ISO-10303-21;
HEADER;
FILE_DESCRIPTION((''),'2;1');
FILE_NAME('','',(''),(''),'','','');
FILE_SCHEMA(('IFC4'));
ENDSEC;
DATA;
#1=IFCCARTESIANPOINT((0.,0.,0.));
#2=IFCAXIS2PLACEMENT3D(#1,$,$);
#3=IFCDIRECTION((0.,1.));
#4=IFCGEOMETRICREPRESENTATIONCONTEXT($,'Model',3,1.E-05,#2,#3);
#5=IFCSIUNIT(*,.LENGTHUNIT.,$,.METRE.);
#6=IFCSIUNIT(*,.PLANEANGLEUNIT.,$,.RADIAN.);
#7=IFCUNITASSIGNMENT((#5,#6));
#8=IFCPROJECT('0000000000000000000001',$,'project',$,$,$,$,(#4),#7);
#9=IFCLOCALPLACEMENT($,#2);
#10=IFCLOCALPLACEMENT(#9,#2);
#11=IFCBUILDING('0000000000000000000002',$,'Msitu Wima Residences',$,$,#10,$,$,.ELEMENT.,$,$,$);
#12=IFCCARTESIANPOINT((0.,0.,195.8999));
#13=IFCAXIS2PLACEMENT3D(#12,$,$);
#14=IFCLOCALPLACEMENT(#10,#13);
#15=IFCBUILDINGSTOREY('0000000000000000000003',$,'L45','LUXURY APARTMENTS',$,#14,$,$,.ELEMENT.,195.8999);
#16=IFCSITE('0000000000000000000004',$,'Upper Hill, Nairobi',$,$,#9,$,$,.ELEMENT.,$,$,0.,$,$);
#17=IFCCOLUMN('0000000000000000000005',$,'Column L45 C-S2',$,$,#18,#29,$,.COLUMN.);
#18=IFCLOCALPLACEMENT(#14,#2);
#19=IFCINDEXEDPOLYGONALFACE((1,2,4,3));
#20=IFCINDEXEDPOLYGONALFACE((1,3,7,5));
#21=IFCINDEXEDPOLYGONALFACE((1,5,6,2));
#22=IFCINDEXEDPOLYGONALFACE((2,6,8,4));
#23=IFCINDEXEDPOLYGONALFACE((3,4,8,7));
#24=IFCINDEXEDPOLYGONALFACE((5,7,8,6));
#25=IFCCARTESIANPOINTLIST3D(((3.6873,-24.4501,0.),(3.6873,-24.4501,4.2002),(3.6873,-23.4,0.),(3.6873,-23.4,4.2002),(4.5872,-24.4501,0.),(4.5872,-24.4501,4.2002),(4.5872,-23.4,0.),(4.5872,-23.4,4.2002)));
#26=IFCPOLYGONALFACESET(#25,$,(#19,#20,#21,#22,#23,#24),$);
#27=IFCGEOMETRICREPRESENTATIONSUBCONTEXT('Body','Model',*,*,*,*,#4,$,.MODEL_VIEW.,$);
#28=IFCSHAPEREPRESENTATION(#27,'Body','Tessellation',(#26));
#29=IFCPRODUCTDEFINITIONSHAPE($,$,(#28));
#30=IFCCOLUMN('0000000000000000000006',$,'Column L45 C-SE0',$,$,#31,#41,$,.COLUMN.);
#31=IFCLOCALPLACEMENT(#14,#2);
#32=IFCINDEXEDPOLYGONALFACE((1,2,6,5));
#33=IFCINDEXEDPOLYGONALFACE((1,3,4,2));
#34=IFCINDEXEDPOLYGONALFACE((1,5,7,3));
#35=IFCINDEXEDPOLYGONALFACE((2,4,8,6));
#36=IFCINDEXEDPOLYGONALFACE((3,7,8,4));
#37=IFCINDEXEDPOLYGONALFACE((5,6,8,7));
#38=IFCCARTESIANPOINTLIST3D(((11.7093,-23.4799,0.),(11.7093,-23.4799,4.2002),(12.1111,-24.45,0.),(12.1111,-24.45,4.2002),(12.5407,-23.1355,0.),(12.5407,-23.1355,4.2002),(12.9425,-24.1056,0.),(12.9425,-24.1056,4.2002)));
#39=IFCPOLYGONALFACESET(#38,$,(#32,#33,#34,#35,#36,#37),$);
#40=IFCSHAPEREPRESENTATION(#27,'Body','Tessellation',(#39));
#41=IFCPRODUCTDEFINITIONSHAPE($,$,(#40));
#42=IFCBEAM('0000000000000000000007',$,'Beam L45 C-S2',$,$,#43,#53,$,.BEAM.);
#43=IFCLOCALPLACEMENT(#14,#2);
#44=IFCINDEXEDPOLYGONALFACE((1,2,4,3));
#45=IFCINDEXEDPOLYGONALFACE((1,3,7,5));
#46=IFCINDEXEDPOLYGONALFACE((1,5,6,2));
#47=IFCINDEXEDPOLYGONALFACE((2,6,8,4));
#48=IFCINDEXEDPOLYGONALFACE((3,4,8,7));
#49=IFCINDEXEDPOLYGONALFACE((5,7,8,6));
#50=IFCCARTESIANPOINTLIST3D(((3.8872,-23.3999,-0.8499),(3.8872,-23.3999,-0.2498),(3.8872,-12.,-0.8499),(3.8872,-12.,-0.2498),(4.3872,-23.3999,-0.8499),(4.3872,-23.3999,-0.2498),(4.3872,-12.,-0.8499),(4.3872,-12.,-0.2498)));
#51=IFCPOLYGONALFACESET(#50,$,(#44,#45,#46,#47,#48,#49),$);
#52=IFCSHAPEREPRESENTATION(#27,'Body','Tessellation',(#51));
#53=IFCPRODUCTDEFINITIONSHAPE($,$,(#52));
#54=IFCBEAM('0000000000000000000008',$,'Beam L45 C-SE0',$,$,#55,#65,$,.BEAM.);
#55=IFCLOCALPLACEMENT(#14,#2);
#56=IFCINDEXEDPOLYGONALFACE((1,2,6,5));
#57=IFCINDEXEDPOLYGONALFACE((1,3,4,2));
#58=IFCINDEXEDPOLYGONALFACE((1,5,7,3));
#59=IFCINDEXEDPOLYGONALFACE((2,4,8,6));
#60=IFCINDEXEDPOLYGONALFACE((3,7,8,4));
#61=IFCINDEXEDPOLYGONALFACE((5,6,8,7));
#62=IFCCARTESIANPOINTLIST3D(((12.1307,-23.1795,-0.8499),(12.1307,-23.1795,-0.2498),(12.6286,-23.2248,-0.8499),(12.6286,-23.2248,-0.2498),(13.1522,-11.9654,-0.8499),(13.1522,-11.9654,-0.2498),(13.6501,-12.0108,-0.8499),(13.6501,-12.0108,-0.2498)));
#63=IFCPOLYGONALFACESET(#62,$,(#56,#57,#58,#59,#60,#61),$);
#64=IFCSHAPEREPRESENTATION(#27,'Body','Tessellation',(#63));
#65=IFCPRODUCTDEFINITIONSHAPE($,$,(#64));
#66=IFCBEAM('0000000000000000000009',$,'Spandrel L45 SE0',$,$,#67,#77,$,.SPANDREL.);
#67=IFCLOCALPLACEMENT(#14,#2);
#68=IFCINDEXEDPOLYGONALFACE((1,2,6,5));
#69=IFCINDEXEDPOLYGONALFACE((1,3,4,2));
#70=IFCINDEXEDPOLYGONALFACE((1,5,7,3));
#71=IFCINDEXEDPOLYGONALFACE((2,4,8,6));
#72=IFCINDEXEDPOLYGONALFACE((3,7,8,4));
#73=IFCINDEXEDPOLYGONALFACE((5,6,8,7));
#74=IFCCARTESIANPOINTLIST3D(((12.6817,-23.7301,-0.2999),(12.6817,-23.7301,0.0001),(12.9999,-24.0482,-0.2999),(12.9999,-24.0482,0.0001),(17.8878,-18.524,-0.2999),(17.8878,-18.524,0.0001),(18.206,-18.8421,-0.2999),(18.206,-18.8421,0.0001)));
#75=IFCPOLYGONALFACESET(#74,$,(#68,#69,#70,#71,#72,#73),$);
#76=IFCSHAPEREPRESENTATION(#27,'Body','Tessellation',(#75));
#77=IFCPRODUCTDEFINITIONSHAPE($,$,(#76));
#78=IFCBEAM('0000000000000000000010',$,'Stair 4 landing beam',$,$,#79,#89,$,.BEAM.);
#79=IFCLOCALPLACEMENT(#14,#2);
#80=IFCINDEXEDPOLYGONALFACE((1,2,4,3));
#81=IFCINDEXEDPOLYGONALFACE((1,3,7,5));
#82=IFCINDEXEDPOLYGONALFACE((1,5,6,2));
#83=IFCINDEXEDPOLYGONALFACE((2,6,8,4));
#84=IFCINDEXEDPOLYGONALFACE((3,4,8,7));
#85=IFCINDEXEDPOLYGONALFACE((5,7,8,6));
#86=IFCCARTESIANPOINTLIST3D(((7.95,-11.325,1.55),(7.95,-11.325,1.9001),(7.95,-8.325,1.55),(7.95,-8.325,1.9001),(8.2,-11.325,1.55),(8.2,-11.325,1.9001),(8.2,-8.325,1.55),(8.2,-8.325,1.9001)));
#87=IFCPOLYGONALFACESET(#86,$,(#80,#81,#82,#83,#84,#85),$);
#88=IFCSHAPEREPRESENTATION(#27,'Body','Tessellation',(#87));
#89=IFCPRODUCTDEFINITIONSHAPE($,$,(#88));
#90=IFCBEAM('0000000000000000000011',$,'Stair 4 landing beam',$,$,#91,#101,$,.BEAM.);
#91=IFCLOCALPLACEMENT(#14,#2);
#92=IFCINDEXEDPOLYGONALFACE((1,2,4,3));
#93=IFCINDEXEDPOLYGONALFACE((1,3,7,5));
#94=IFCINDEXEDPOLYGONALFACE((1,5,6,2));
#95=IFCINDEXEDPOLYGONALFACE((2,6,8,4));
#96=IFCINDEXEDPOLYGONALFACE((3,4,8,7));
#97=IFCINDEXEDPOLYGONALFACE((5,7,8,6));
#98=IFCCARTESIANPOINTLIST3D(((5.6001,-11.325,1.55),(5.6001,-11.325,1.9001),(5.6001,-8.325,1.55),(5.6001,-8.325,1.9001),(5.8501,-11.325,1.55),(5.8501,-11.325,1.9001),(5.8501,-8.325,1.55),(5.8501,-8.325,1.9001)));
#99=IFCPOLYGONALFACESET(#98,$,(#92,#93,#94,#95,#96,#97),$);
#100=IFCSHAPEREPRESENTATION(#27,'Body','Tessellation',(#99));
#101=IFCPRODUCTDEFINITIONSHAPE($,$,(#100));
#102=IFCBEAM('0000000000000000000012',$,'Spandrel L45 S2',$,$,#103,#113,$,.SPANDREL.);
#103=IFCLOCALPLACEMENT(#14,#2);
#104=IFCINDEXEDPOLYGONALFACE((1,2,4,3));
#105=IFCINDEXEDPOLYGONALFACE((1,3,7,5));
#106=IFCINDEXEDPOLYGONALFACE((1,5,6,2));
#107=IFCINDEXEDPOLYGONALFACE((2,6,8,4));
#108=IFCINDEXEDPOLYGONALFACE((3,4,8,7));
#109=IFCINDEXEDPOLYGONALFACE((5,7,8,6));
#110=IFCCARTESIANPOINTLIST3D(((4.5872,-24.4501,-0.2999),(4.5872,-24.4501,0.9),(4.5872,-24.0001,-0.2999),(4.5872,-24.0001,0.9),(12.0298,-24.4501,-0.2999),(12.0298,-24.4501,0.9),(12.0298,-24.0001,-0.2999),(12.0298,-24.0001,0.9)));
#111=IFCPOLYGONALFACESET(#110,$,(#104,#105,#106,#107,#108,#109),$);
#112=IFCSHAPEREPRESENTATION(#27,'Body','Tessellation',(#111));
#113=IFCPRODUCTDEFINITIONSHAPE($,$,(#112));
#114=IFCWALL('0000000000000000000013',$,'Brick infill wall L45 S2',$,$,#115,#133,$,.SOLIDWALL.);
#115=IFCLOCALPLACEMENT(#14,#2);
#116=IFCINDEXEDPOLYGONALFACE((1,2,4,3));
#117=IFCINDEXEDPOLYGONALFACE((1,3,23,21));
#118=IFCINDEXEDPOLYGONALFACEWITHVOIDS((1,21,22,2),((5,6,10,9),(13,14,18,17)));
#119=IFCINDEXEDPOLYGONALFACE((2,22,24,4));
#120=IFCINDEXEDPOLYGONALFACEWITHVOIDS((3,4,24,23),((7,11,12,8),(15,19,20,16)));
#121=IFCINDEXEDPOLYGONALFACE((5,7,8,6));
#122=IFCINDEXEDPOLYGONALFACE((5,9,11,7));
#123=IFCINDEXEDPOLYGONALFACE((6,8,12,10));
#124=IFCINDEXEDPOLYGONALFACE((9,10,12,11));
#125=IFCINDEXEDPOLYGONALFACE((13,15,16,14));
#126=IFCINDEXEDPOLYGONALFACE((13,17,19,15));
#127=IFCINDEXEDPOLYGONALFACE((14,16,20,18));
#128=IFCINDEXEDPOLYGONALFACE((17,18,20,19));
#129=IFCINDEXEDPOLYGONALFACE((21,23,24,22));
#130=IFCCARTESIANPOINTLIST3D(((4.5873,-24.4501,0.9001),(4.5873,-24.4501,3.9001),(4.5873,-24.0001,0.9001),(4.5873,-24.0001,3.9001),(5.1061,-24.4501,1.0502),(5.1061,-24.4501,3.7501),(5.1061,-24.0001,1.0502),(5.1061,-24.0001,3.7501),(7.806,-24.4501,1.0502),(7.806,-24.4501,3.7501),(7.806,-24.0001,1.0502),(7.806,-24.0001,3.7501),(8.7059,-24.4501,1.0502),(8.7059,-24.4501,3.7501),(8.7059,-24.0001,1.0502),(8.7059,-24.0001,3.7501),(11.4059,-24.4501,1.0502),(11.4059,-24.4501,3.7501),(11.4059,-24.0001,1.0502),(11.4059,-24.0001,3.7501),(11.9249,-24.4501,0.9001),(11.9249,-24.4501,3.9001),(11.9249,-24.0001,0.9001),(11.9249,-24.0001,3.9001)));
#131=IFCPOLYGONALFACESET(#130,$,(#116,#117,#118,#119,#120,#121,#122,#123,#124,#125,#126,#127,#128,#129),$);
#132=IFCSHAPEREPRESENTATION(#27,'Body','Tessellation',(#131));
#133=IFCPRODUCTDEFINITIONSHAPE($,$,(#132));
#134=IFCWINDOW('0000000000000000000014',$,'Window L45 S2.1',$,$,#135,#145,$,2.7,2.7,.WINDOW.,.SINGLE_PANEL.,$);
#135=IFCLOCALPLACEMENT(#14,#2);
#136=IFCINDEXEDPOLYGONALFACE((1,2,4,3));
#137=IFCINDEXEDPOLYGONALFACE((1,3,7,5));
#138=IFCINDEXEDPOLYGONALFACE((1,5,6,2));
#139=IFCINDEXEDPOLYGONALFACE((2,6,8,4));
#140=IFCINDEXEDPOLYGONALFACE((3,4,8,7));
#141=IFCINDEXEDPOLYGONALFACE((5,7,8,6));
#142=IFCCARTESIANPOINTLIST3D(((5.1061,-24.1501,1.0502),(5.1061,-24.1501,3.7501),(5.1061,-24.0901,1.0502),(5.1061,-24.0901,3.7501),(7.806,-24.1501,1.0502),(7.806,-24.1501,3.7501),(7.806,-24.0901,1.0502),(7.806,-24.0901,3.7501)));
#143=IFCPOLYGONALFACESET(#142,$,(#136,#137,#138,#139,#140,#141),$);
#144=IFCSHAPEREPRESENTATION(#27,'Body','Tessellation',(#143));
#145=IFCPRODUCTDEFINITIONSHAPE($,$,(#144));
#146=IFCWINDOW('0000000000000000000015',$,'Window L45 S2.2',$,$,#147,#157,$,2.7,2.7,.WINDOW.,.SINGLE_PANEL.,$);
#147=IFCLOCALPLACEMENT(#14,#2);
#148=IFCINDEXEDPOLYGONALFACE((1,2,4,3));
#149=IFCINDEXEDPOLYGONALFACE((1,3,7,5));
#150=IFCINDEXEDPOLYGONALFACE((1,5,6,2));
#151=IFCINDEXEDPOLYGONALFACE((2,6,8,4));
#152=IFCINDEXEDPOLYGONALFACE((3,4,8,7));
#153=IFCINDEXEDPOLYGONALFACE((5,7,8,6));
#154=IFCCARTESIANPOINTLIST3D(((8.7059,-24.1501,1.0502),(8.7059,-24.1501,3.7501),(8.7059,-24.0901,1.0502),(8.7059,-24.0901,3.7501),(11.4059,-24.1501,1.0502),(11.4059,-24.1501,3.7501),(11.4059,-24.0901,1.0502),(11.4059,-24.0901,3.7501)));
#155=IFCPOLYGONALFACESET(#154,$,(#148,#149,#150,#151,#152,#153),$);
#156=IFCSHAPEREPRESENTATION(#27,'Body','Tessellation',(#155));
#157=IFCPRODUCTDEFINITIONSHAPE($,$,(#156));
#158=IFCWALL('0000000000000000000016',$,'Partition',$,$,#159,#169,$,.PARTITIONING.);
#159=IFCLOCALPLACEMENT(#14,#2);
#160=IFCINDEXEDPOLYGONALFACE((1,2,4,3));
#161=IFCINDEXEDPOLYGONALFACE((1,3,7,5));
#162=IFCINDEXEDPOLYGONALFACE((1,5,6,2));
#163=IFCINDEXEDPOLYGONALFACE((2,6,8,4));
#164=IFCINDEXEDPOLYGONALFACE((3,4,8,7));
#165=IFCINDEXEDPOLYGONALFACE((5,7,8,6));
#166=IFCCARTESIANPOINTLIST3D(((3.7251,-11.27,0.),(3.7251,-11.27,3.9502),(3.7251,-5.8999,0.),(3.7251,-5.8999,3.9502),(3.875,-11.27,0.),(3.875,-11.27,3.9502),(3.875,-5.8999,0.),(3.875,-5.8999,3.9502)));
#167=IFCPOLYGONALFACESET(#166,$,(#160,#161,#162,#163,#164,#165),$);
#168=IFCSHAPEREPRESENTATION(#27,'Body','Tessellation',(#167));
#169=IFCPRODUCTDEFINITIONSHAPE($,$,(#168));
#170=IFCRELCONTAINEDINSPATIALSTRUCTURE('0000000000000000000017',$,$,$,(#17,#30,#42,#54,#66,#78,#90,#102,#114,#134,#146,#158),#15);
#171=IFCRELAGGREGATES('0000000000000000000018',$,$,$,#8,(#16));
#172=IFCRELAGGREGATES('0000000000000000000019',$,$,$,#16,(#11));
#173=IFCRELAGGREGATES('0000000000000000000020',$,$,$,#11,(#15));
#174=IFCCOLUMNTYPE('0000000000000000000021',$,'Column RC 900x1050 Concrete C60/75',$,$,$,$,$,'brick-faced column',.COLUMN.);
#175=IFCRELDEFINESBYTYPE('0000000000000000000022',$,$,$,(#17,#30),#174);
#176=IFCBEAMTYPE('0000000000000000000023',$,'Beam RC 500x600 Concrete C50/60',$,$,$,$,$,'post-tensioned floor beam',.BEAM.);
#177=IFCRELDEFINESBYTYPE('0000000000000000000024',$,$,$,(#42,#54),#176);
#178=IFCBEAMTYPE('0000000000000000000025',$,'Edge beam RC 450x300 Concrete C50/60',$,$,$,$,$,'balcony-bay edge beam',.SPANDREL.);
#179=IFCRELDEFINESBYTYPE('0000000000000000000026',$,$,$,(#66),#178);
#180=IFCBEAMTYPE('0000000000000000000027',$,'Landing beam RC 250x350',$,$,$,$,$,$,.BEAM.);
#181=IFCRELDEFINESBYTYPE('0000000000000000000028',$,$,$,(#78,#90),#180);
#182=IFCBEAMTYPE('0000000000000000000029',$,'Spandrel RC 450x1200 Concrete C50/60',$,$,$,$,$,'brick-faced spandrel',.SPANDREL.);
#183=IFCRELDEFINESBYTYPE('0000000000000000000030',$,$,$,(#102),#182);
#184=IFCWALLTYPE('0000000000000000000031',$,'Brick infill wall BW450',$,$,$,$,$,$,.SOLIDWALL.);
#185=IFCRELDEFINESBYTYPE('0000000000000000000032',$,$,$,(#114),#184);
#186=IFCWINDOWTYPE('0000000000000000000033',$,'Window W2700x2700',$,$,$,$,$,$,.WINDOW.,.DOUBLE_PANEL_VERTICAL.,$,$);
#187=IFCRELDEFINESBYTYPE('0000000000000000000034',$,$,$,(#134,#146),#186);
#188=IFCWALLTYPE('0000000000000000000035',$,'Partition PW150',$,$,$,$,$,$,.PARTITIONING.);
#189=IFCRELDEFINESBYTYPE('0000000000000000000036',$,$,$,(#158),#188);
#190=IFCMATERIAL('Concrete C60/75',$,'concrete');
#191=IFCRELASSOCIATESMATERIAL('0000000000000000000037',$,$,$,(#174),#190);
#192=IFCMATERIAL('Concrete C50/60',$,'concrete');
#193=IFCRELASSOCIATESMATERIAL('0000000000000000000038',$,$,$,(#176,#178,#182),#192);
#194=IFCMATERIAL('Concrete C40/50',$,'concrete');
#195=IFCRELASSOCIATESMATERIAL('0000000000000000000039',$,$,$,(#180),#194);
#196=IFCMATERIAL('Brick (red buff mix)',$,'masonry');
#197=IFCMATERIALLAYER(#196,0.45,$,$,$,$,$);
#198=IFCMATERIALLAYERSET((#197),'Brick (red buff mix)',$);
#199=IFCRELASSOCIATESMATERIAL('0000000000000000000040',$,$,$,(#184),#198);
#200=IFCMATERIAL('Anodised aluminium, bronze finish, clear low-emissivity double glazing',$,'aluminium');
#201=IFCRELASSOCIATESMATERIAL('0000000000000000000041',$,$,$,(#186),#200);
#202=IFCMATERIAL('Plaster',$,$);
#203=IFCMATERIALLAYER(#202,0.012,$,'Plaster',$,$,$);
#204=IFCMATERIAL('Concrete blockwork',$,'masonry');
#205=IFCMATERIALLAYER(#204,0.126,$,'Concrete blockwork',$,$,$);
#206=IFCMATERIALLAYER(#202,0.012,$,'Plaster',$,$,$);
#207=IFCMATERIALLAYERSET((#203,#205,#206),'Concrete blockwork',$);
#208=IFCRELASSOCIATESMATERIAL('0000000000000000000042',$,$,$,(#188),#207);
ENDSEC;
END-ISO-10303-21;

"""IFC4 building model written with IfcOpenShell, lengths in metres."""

from ifc_helpers import new_model, si_unit, direction, frame, frame_2d, origin, origin_2d, place, context, subcontext, project, spatial, rectangle, extrude, material, layer, layer_set, material_profile, profile_set, type_object, element, fill, save


model = new_model("IFC4")

# Units and contexts
model_context = context("Model", 3, precision=1e-05, world=origin(), true_north=direction((0.0, 1.0)))
body_context = subcontext(model_context, "Body", "Model", "MODEL_VIEW")
ifc_project = project(units=[si_unit("LENGTHUNIT", "METRE"), si_unit("PLANEANGLEUNIT", "RADIAN")], contexts=[model_context])

# Site, building, storey
site_placement = place(None, origin())
site = spatial("IfcSite", under=ifc_project, at=site_placement, Name="Upper Hill, Nairobi", CompositionType="ELEMENT", RefElevation=0.0)
building_placement = place(site_placement, origin())
building = spatial("IfcBuilding", under=site, at=building_placement, Name="Msitu Wima Residences", CompositionType="ELEMENT")
storey_placement = place(building_placement, frame((0.0, 0.0, 195.8999)))
storey = spatial("IfcBuildingStorey", under=building, at=storey_placement, Name="L45", Description="LUXURY APARTMENTS", CompositionType="ELEMENT", Elevation=195.8999)

# Columns
ifc_material_1 = material(Name="Concrete C60/75", Category="concrete")
ifc_material_profile_1 = material_profile(ifc_material_1, rectangle(XDim=0.8999, YDim=1.05, at=origin_2d()), Name="RC 900x1050")
ifc_profile_set_1 = profile_set([ifc_material_profile_1], Name="Concrete C60/75")
column_type = type_object("IfcColumnType", Name="Column RC 900x1050 Concrete C60/75", ElementType="brick-faced column", PredefinedType="COLUMN", material=ifc_profile_set_1)
for number, where, z_axis, x_axis, name in (
    (1, (4.1372, -23.925, 0.0), (0.0, 0.0, 1.0), (1.0, 0.0, 0.0), "Column L45 C-S2"),
    (2, (12.3259, -23.7927, 0.0), (0.0, 0.0, 1.0), (0.92388, 0.382683, 0.0), "Column L45 C-SE0"),
):
    element("IfcColumn", number, at=place(storey_placement, frame(where, z_axis=z_axis, x_axis=x_axis)), inside=storey, type_object=column_type, Name=name, PredefinedType="COLUMN", context=body_context, shape_type="SweptSolid", body=[
        extrude(rectangle(XDim=0.8999, YDim=1.05, at=origin_2d()), origin(), (0.0, 0.0, 1.0), 4.2002),
    ])

# Beams
ifc_material_2 = material(Name="Concrete C50/60", Category="concrete")
ifc_material_profile_2 = material_profile(ifc_material_2, rectangle(XDim=0.5, YDim=0.6001, at=origin_2d()), Name="RC 500x600")
ifc_profile_set_2 = profile_set([ifc_material_profile_2], Name="Concrete C50/60")
beam_type_1 = type_object("IfcBeamType", Name="Beam RC 500x600 Concrete C50/60", ElementType="post-tensioned floor beam", PredefinedType="BEAM", material=ifc_profile_set_2)
beam_1_placement = place(storey_placement, frame((4.1372, -23.3999, -0.5498), z_axis=(0.0, 1.0, 0.0), x_axis=(-1.0, 0.0, 0.0)))
element("IfcBeam", 3, at=beam_1_placement, inside=storey, type_object=beam_type_1, Name="Beam L45 C-S2", PredefinedType="BEAM", context=body_context, shape_type="SweptSolid", body=[
    extrude(rectangle(XDim=0.5, YDim=0.6001, at=origin_2d()), origin(), (0.0, 0.0, 1.0), 11.3999),
])
beam_2_placement = place(storey_placement, frame((12.3796, -23.2021, -0.5498), z_axis=(0.090714, 0.995877, 0.0), x_axis=(-0.995877, 0.090714, 0.0)))
element("IfcBeam", 4, at=beam_2_placement, inside=storey, type_object=beam_type_1, Name="Beam L45 C-SE0", PredefinedType="BEAM", context=body_context, shape_type="SweptSolid", body=[
    extrude(rectangle(XDim=0.5, YDim=0.6001, at=origin_2d()), origin(), (0.0, 0.0, 1.0), 11.2605),
])
ifc_material_profile_3 = material_profile(ifc_material_2, rectangle(XDim=0.45, YDim=0.3, at=origin_2d()), Name="RC 450x300")
ifc_profile_set_3 = profile_set([ifc_material_profile_3], Name="Concrete C50/60")
beam_type_2 = type_object("IfcBeamType", Name="Edge beam RC 450x300 Concrete C50/60", ElementType="balcony-bay edge beam", PredefinedType="SPANDREL", material=ifc_profile_set_3)
beam_3_placement = place(storey_placement, frame((12.8408, -23.8892, -0.1499), z_axis=(0.707107, 0.707107, 0.0), x_axis=(-0.707107, 0.707107, 0.0)))
element("IfcBeam", 5, at=beam_3_placement, inside=storey, type_object=beam_type_2, Name="Spandrel L45 SE0", PredefinedType="SPANDREL", context=body_context, shape_type="SweptSolid", body=[
    extrude(rectangle(XDim=0.45, YDim=0.3, at=origin_2d()), origin(), (0.0, 0.0, 1.0), 7.3625),
])
ifc_material_3 = material(Name="Concrete C40/50", Category="concrete")
ifc_material_profile_4 = material_profile(ifc_material_3, rectangle(XDim=0.25, YDim=0.3501, at=origin_2d()), Name="RC 250x350")
ifc_profile_set_4 = profile_set([ifc_material_profile_4], Name="Concrete C40/50")
beam_type_3 = type_object("IfcBeamType", Name="Landing beam RC 250x350", PredefinedType="BEAM", material=ifc_profile_set_4)
for number, where, z_axis, x_axis, name in (
    (6, (8.075, -11.325, 1.7251), (0.0, 1.0, 0.0), (-1.0, 0.0, 0.0), "Stair 4 landing beam"),
    (7, (5.7251, -11.325, 1.7251), (0.0, 1.0, 0.0), (-1.0, 0.0, 0.0), "Stair 4 landing beam"),
):
    element("IfcBeam", number, at=place(storey_placement, frame(where, z_axis=z_axis, x_axis=x_axis)), inside=storey, type_object=beam_type_3, Name=name, PredefinedType="BEAM", context=body_context, shape_type="SweptSolid", body=[
        extrude(rectangle(XDim=0.25, YDim=0.3501, at=origin_2d()), origin(), (0.0, 0.0, 1.0), 3.0),
    ])
ifc_material_profile_5 = material_profile(ifc_material_2, rectangle(XDim=0.45, YDim=1.2, at=origin_2d()), Name="RC 450x1200")
ifc_profile_set_5 = profile_set([ifc_material_profile_5], Name="Concrete C50/60")
beam_type_4 = type_object("IfcBeamType", Name="Spandrel RC 450x1200 Concrete C50/60", ElementType="brick-faced spandrel", PredefinedType="SPANDREL", material=ifc_profile_set_5)
beam_4_placement = place(storey_placement, frame((4.5872, -24.2251, 0.3), z_axis=(1.0, 0.0, 0.0), x_axis=(0.0, 1.0, 0.0)))
element("IfcBeam", 8, at=beam_4_placement, inside=storey, type_object=beam_type_4, Name="Spandrel L45 S2", PredefinedType="SPANDREL", context=body_context, shape_type="SweptSolid", body=[
    extrude(rectangle(XDim=0.45, YDim=1.2, at=origin_2d()), origin(), (0.0, 0.0, 1.0), 7.4426),
])

# Wall, openings, windows
ifc_material_4 = material(Name="Brick (red buff mix)", Category="masonry")
ifc_layer_1 = layer(ifc_material_4, 0.45)
ifc_layer_set_1 = layer_set([ifc_layer_1], Name="Brick (red buff mix)")
wall_type_1 = type_object("IfcWallType", Name="Brick infill wall BW450", PredefinedType="SOLIDWALL", material=ifc_layer_set_1)
wall_1_placement = place(storey_placement, frame((4.5872, -24.2251, 0.9001), z_axis=(0.0, 0.0, 1.0), x_axis=(1.0, 0.0, 0.0)))
wall_1 = element("IfcWall", 9, at=wall_1_placement, inside=storey, type_object=wall_type_1, Name="Brick infill wall L45 S2", PredefinedType="SOLIDWALL", context=body_context, shape_type="SweptSolid", body=[
    extrude(rectangle(XDim=7.3376, YDim=0.45, at=frame_2d((3.6689, 0.0))), origin(), (0.0, 0.0, 1.0), 3.0),
])
opening_1_placement = place(wall_1_placement, frame((0.5188, 0.0, 0.1499)))
opening_1 = element("IfcOpeningElement", 10, at=opening_1_placement, cuts=wall_1, PredefinedType="OPENING", context=body_context, shape_type="SweptSolid", body=[
    extrude(rectangle(XDim=2.7, YDim=2.7, at=frame_2d((1.3501, 1.3501))), frame((0.0, 0.2349, 0.0), z_axis=(0.0, -1.0, 0.0), x_axis=(1.0, 0.0, 0.0)), (0.0, 0.0, 1.0), 0.47),
])
opening_2_placement = place(wall_1_placement, frame((4.1187, 0.0, 0.1499)))
opening_2 = element("IfcOpeningElement", 11, at=opening_2_placement, cuts=wall_1, PredefinedType="OPENING", context=body_context, shape_type="SweptSolid", body=[
    extrude(rectangle(XDim=2.7, YDim=2.7, at=frame_2d((1.3501, 1.3501))), frame((0.0, 0.2349, 0.0), z_axis=(0.0, -1.0, 0.0), x_axis=(1.0, 0.0, 0.0)), (0.0, 0.0, 1.0), 0.47),
])
ifc_material_5 = material(Name="Anodised aluminium, bronze finish, clear low-emissivity double glazing", Category="aluminium")
window_type = type_object("IfcWindowType", Name="Window W2700x2700", PartitioningType="DOUBLE_PANEL_VERTICAL", PredefinedType="WINDOW", material=ifc_material_5)
window_1_placement = place(opening_1_placement, origin())
window_1 = element("IfcWindow", 12, at=window_1_placement, inside=storey, type_object=window_type, Name="Window L45 S2.1", OverallHeight=2.7, OverallWidth=2.7, PartitioningType="SINGLE_PANEL", PredefinedType="WINDOW", context=body_context, shape_type="SweptSolid", body=[
    extrude(rectangle(XDim=2.7, YDim=2.7, at=frame_2d((1.3501, 1.3501))), frame((0.0, 0.135, 0.0), z_axis=(0.0, -1.0, 0.0), x_axis=(1.0, 0.0, 0.0)), (0.0, 0.0, 1.0), 0.0601),
])
fill(opening_1, window_1)
window_2_placement = place(opening_2_placement, origin())
window_2 = element("IfcWindow", 13, at=window_2_placement, inside=storey, type_object=window_type, Name="Window L45 S2.2", OverallHeight=2.7, OverallWidth=2.7, PartitioningType="SINGLE_PANEL", PredefinedType="WINDOW", context=body_context, shape_type="SweptSolid", body=[
    extrude(rectangle(XDim=2.7, YDim=2.7, at=frame_2d((1.3501, 1.3501))), frame((0.0, 0.135, 0.0), z_axis=(0.0, -1.0, 0.0), x_axis=(1.0, 0.0, 0.0)), (0.0, 0.0, 1.0), 0.0601),
])
fill(opening_2, window_2)

# Wall
ifc_material_6 = material(Name="Plaster")
ifc_layer_2 = layer(ifc_material_6, 0.012, Name="Plaster")
ifc_material_7 = material(Name="Concrete blockwork", Category="masonry")
ifc_layer_3 = layer(ifc_material_7, 0.126, Name="Concrete blockwork")
ifc_layer_4 = layer(ifc_material_6, 0.012, Name="Plaster")
ifc_layer_set_2 = layer_set([ifc_layer_2, ifc_layer_3, ifc_layer_4], Name="Concrete blockwork")
wall_type_2 = type_object("IfcWallType", Name="Partition PW150", PredefinedType="PARTITIONING", material=ifc_layer_set_2)
wall_2_placement = place(storey_placement, frame((3.8, -11.27, 0.0), z_axis=(0.0, 0.0, 1.0), x_axis=(0.0, 1.0, 0.0)))
element("IfcWall", 14, at=wall_2_placement, inside=storey, type_object=wall_type_2, Name="Partition", PredefinedType="PARTITIONING", context=body_context, shape_type="SweptSolid", body=[
    extrude(rectangle(XDim=5.3701, YDim=0.1499, at=frame_2d((2.6851, 0.0))), origin(), (0.0, 0.0, 1.0), 3.9502),
])

save(model, "model.ifc")
